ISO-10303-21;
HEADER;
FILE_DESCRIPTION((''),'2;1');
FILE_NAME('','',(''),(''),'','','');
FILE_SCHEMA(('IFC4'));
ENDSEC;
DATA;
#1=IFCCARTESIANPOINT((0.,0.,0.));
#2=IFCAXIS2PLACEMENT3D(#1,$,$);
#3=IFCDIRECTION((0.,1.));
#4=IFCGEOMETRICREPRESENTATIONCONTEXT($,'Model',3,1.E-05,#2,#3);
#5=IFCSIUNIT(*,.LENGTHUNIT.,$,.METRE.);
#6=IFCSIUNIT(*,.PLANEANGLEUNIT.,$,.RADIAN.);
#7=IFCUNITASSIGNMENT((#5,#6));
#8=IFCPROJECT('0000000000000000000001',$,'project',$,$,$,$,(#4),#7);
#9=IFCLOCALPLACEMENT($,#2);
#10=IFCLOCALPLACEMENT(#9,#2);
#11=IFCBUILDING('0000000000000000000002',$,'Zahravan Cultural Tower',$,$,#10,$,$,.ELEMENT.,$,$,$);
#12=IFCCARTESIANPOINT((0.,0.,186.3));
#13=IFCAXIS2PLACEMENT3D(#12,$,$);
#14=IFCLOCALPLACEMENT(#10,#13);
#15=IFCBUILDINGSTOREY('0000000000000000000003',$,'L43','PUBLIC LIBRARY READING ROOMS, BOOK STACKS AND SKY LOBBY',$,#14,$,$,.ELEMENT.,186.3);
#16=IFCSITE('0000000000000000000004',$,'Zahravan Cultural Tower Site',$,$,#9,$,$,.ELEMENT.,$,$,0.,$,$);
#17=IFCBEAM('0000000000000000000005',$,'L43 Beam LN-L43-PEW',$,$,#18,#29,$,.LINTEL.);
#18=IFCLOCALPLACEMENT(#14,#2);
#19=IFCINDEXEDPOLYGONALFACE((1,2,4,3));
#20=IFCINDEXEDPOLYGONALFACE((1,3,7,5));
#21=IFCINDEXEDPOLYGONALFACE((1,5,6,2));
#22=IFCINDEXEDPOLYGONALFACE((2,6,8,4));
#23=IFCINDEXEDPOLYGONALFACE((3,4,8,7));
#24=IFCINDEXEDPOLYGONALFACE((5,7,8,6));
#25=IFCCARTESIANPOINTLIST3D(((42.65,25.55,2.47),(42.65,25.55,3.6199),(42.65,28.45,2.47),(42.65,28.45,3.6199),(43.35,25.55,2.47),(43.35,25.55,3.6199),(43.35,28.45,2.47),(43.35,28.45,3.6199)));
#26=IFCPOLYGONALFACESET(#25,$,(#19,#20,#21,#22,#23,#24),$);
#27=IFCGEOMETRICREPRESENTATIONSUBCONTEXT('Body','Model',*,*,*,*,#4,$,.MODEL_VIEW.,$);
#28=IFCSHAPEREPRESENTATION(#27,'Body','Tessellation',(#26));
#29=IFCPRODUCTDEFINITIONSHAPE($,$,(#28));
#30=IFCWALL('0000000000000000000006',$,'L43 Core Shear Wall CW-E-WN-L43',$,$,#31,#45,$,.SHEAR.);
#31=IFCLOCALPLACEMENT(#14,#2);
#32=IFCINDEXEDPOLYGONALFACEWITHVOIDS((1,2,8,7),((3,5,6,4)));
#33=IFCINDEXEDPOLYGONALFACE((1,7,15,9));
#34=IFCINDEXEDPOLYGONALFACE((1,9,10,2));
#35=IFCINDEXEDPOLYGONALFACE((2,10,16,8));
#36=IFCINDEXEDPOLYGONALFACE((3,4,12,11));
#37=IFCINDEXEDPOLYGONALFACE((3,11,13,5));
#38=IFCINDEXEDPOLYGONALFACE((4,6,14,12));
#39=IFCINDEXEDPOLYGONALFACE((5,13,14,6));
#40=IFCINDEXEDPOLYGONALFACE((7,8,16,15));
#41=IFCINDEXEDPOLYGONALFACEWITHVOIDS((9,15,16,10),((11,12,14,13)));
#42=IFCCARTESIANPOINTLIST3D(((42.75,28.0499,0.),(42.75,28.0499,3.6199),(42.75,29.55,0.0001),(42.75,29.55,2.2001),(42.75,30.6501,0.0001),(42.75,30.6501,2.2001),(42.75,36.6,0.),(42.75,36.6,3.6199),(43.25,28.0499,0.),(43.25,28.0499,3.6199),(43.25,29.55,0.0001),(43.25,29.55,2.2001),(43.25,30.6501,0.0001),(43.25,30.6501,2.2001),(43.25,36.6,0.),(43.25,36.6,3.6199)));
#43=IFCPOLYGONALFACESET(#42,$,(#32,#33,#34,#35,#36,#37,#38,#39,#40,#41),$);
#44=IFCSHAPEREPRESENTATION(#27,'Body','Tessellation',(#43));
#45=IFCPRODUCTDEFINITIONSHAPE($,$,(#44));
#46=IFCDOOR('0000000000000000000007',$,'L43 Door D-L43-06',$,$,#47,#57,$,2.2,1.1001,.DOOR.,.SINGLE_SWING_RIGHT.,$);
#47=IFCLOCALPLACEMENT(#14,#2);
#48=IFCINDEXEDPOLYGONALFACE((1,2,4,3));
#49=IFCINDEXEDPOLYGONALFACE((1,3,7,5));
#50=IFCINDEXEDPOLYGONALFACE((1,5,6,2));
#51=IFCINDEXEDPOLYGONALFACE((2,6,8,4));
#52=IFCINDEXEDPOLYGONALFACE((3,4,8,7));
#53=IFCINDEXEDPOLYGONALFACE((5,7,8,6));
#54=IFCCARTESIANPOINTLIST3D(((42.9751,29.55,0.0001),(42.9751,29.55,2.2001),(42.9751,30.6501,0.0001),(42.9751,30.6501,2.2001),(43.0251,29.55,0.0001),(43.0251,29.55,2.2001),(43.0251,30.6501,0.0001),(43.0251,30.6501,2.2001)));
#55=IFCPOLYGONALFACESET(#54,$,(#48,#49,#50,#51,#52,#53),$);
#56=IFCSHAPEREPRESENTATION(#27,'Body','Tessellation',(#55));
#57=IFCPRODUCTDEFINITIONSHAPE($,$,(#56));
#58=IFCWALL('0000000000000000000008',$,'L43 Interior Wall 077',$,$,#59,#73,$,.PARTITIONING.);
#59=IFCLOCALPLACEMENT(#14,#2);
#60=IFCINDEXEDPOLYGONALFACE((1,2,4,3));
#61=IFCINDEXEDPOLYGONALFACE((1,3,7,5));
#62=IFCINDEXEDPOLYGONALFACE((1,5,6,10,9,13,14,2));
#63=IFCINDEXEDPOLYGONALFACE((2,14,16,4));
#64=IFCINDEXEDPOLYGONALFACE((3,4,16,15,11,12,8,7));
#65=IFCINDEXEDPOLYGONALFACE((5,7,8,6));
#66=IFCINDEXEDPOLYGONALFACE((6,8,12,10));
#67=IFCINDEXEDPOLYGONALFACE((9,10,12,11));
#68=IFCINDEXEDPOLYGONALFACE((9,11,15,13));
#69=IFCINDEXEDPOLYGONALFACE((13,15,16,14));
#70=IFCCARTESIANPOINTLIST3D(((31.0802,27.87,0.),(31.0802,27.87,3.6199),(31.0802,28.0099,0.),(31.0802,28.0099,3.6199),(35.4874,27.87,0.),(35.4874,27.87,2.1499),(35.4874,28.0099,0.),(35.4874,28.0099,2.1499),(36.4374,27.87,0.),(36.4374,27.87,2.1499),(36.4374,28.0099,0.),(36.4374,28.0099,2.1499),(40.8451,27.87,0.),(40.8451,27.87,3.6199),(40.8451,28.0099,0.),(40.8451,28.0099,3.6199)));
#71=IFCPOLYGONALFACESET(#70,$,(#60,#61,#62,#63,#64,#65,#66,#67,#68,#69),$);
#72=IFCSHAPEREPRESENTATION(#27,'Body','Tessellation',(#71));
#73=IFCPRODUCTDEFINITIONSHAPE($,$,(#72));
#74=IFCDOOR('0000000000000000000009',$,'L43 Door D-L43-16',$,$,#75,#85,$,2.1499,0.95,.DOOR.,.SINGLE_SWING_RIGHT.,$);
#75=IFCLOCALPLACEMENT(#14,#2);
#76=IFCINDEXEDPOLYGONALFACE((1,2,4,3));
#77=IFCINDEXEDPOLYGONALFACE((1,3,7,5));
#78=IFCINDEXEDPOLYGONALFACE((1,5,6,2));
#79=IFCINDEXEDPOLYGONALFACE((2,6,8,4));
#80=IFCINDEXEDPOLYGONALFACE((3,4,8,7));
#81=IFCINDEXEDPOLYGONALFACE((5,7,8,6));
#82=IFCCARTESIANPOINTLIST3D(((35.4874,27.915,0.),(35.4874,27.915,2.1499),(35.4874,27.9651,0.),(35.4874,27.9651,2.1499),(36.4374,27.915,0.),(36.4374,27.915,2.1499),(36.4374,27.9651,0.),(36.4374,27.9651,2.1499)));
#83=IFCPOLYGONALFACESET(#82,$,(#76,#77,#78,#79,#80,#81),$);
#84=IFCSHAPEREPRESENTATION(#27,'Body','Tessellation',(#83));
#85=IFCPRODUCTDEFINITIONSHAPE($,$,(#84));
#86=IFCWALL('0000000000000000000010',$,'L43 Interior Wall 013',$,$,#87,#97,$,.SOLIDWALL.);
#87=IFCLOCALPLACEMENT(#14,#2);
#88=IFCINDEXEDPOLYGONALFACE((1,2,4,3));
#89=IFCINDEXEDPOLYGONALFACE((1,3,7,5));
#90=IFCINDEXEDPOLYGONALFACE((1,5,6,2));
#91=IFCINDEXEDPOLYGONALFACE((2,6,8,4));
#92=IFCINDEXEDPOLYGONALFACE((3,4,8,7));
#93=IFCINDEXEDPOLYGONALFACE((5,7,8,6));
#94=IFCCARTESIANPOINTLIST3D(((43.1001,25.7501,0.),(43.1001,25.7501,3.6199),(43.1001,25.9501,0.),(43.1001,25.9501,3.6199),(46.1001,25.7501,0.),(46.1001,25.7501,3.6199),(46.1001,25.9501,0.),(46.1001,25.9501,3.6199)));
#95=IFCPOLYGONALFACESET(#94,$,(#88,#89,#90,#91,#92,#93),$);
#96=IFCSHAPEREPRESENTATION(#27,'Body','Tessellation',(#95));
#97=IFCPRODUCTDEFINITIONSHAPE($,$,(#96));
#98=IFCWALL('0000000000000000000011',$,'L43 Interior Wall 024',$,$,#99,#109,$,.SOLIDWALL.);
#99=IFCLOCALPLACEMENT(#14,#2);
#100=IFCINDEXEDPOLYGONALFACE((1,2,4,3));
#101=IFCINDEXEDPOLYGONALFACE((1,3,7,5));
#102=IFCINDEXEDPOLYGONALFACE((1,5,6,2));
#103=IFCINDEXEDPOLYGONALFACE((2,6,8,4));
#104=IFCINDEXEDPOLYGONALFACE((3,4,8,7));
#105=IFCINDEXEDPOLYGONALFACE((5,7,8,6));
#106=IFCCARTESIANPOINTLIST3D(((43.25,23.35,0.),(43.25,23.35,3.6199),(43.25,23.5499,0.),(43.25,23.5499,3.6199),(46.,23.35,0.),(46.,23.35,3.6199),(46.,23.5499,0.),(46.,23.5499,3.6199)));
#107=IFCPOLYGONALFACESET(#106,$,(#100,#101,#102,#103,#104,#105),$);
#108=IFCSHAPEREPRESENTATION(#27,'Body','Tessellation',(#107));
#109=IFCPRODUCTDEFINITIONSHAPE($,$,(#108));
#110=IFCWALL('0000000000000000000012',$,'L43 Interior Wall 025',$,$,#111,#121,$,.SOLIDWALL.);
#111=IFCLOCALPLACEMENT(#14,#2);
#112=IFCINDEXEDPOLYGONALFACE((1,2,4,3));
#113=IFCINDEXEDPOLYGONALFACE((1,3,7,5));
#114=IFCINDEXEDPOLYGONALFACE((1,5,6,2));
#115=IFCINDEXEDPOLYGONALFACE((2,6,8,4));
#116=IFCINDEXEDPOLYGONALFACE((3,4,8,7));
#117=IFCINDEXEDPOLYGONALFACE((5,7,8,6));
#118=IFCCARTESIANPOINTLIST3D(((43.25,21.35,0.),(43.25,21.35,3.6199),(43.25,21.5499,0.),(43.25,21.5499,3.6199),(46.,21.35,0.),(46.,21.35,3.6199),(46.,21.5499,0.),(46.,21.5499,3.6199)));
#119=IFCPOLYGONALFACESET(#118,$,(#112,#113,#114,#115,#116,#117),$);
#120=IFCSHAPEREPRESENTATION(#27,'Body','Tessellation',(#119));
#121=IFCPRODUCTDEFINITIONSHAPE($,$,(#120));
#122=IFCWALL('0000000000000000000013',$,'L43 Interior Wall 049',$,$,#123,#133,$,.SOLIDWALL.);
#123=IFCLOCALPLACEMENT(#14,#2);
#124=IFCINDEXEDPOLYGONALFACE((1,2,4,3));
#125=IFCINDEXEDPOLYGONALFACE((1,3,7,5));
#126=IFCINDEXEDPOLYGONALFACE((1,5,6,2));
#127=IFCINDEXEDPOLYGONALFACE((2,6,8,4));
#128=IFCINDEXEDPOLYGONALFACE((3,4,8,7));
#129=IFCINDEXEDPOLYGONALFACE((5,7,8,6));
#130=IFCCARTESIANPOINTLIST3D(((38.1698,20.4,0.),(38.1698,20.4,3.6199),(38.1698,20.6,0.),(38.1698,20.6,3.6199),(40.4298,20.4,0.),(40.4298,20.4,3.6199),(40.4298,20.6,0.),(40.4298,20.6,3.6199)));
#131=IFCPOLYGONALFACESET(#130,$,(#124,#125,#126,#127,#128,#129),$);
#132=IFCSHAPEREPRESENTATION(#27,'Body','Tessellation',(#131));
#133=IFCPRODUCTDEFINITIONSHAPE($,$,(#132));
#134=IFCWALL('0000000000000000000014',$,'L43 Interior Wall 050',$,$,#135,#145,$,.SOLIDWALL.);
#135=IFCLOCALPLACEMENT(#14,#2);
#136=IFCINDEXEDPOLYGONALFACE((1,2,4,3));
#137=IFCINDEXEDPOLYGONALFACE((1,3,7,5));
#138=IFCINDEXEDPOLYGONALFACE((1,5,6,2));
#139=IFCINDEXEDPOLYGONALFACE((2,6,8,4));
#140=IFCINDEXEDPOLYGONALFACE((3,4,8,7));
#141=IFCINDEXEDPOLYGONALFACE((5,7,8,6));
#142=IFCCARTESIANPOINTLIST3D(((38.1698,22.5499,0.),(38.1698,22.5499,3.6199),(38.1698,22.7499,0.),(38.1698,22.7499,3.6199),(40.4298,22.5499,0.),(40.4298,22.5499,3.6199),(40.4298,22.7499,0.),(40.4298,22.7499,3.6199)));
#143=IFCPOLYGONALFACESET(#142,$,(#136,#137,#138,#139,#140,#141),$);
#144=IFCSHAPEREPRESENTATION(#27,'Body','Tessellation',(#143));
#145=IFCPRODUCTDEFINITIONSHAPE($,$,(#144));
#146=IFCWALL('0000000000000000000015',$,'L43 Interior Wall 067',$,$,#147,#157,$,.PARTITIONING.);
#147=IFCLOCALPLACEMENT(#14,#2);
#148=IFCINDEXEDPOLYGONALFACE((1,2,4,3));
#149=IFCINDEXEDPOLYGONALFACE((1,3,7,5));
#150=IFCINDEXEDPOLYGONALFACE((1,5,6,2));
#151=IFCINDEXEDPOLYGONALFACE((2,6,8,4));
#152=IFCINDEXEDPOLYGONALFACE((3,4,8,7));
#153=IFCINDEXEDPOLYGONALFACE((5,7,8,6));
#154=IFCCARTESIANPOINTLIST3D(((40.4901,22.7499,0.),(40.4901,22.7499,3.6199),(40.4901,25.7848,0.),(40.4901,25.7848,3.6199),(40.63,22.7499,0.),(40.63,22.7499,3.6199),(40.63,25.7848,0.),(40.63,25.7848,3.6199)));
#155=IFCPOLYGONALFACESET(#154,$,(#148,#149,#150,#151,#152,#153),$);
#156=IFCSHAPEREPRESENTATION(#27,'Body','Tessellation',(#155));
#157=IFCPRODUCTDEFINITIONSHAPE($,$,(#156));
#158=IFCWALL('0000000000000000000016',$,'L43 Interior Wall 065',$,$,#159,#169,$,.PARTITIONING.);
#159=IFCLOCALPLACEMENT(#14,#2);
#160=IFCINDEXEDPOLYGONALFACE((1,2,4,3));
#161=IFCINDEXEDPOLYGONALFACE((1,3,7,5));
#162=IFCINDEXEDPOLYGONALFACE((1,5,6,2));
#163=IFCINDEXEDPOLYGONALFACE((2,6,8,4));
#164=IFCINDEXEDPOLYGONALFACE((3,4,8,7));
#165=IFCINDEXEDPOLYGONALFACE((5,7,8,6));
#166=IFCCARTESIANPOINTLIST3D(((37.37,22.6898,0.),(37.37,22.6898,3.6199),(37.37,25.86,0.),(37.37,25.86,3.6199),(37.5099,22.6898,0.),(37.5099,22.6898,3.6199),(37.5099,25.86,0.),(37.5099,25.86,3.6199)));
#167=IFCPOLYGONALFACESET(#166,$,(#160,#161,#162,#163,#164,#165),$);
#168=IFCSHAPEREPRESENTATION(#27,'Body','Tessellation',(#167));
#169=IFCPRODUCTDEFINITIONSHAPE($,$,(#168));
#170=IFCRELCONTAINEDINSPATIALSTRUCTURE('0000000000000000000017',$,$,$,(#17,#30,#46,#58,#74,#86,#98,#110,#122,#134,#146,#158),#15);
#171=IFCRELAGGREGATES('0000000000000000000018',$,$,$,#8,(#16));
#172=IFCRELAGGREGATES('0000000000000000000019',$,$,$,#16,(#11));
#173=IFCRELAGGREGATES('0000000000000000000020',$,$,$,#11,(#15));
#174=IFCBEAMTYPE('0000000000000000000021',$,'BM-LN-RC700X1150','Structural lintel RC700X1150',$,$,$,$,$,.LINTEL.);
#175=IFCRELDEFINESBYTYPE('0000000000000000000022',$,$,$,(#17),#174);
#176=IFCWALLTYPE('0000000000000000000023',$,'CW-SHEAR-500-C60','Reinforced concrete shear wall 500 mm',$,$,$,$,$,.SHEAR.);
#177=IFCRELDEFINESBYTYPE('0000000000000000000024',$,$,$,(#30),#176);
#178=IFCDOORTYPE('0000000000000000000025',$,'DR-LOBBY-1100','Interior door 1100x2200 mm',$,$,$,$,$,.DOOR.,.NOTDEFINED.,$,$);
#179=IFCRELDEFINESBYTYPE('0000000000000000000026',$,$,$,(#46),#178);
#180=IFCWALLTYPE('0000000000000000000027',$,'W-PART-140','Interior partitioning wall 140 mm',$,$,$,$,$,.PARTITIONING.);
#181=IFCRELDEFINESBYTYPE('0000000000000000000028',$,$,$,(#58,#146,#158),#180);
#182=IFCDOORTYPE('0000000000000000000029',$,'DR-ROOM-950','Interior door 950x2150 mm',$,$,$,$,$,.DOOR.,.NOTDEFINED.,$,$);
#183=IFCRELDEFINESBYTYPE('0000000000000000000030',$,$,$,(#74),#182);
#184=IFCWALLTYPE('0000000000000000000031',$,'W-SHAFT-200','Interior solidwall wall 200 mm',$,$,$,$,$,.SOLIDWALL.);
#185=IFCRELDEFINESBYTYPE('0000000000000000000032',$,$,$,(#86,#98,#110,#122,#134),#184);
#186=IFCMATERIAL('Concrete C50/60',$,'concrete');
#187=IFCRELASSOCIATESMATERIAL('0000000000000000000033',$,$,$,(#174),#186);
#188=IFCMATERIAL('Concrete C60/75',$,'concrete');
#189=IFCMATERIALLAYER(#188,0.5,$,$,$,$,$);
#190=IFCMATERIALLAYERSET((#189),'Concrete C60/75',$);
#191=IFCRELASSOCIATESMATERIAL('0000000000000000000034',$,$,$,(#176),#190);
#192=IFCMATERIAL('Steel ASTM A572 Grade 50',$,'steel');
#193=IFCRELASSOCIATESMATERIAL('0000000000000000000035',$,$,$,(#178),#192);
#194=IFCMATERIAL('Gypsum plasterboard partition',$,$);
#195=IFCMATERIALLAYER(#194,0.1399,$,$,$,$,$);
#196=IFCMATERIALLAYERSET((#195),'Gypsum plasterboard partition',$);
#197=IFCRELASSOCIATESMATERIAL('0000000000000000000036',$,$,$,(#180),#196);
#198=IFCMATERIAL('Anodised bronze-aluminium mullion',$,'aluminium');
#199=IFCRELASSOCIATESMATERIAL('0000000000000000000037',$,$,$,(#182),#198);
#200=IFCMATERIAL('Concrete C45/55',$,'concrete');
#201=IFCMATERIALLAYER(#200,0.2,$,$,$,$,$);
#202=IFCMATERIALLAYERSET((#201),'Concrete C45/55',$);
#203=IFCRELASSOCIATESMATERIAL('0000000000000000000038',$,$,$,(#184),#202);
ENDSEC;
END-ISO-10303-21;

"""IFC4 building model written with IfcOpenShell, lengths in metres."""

from ifc_helpers import new_model, si_unit, direction, frame, frame_2d, origin, origin_2d, place, context, subcontext, project, spatial, rectangle, extrude, source, transform, mapped, material, layer, layer_set, material_profile, profile_set, type_object, element, fill, save


model = new_model("IFC4")

# Units and contexts
model_context = context("Model", 3, precision=1e-05, world=origin(), true_north=direction((0.0, 1.0)))
body_context = subcontext(model_context, "Body", "Model", "MODEL_VIEW")
ifc_project = project(units=[si_unit("LENGTHUNIT", "METRE"), si_unit("PLANEANGLEUNIT", "RADIAN")], contexts=[model_context])

# Site, building, storey
site_placement = place(None, origin())
site = spatial("IfcSite", under=ifc_project, at=site_placement, Name="Zahravan Cultural Tower Site", CompositionType="ELEMENT", RefElevation=0.0)
building_placement = place(site_placement, origin())
building = spatial("IfcBuilding", under=site, at=building_placement, Name="Zahravan Cultural Tower", CompositionType="ELEMENT")
storey_placement = place(building_placement, frame((0.0, 0.0, 186.3)))
storey = spatial("IfcBuildingStorey", under=building, at=storey_placement, Name="L43", Description="PUBLIC LIBRARY READING ROOMS, BOOK STACKS AND SKY LOBBY", CompositionType="ELEMENT", Elevation=186.3)

# Beam
ifc_material_1 = material(Name="Concrete C50/60", Category="concrete")
ifc_material_profile = material_profile(ifc_material_1, rectangle(XDim=0.7, YDim=1.1499, at=origin_2d()), Name="RC700X1150")
ifc_profile_set = profile_set([ifc_material_profile], Name="Concrete C50/60")
beam_type = type_object("IfcBeamType", Name="BM-LN-RC700X1150", Description="Structural lintel RC700X1150", PredefinedType="LINTEL", material=ifc_profile_set)
shared_shape_1 = source(origin(), body_context, "Body", "SweptSolid", [
    extrude(rectangle(XDim=0.7, YDim=1.1499, at=origin_2d()), origin(), (0.0, 0.0, 1.0), 2.8999),
])
beam_placement = place(storey_placement, frame((43.0, 25.55, 3.0449), z_axis=(0.0, 1.0, 0.0), x_axis=(-1.0, 0.0, 0.0)))
element("IfcBeam", 1, at=beam_placement, inside=storey, type_object=beam_type, Name="L43 Beam LN-L43-PEW", PredefinedType="LINTEL", context=body_context, shape_type="MappedRepresentation", body=[
    mapped(shared_shape_1, transform((0.0, 0.0, 0.0), x_axis=(1.0, 0.0, 0.0), y_axis=(0.0, 1.0, 0.0), z_axis=(0.0, 0.0, 1.0), scale=1.0)),
])

# Walls, openings, doors
ifc_material_2 = material(Name="Concrete C60/75", Category="concrete")
ifc_layer_1 = layer(ifc_material_2, 0.5)
ifc_layer_set_1 = layer_set([ifc_layer_1], Name="Concrete C60/75")
wall_type_1 = type_object("IfcWallType", Name="CW-SHEAR-500-C60", Description="Reinforced concrete shear wall 500 mm", PredefinedType="SHEAR", material=ifc_layer_set_1)
wall_1_placement = place(storey_placement, frame((43.0, 28.05, 0.0), z_axis=(0.0, 0.0, 1.0), x_axis=(0.0, 1.0, 0.0)))
wall_1 = element("IfcWall", 2, at=wall_1_placement, inside=storey, type_object=wall_type_1, Name="L43 Core Shear Wall CW-E-WN-L43", PredefinedType="SHEAR", context=body_context, shape_type="SweptSolid", body=[
    extrude(rectangle(XDim=8.55, YDim=0.5, at=frame_2d((4.2749, 0.0))), origin(), (0.0, 0.0, 1.0), 3.6199),
])
opening_1_placement = place(wall_1_placement, frame((1.5, 0.0, 0.0)))
opening_1 = element("IfcOpeningElement", 3, at=opening_1_placement, cuts=wall_1, PredefinedType="OPENING", context=body_context, shape_type="SweptSolid", body=[
    extrude(rectangle(XDim=1.1001, YDim=2.2, at=frame_2d((0.55, 1.1001))), frame((0.0, 0.26, 0.0), z_axis=(0.0, -1.0, 0.0), x_axis=(1.0, 0.0, 0.0)), (0.0, 0.0, 1.0), 0.52),
])
ifc_material_3 = material(Name="Steel ASTM A572 Grade 50", Category="steel")
door_type_1 = type_object("IfcDoorType", Name="DR-LOBBY-1100", Description="Interior door 1100x2200 mm", OperationType="NOTDEFINED", PredefinedType="DOOR", material=ifc_material_3)
shared_shape_2 = source(origin(), body_context, "Body", "SweptSolid", [
    extrude(rectangle(XDim=1.1001, YDim=2.2, at=frame_2d((0.55, 1.1001))), frame((0.0, 0.0249, 0.0), z_axis=(0.0, -1.0, 0.0), x_axis=(1.0, 0.0, 0.0)), (0.0, 0.0, 1.0), 0.05),
])
door_1_placement = place(opening_1_placement, origin())
door_1 = element("IfcDoor", 4, at=door_1_placement, inside=storey, type_object=door_type_1, Name="L43 Door D-L43-06", OperationType="SINGLE_SWING_RIGHT", OverallHeight=2.2, OverallWidth=1.1001, PredefinedType="DOOR", context=body_context, shape_type="MappedRepresentation", body=[
    mapped(shared_shape_2, transform((0.0, 0.0, 0.0), x_axis=(1.0, 0.0, 0.0), y_axis=(0.0, 1.0, 0.0), z_axis=(0.0, 0.0, 1.0), scale=1.0)),
])
fill(opening_1, door_1)
ifc_material_4 = material(Name="Gypsum plasterboard partition")
ifc_layer_2 = layer(ifc_material_4, 0.1399)
ifc_layer_set_2 = layer_set([ifc_layer_2], Name="Gypsum plasterboard partition")
wall_type_2 = type_object("IfcWallType", Name="W-PART-140", Description="Interior partitioning wall 140 mm", PredefinedType="PARTITIONING", material=ifc_layer_set_2)
ifc_material_5 = material(Name="Anodised bronze-aluminium mullion", Category="aluminium")
door_type_2 = type_object("IfcDoorType", Name="DR-ROOM-950", Description="Interior door 950x2150 mm", OperationType="NOTDEFINED", PredefinedType="DOOR", material=ifc_material_5)
shared_shape_3 = source(origin(), body_context, "Body", "SweptSolid", [
    extrude(rectangle(XDim=0.95, YDim=2.1499, at=frame_2d((0.4751, 1.075))), frame((0.0, 0.0249, 0.0), z_axis=(0.0, -1.0, 0.0), x_axis=(1.0, 0.0, 0.0)), (0.0, 0.0, 1.0), 0.05),
])
wall_2_placement = place(storey_placement, frame((40.845, 27.9399, 0.0), z_axis=(0.0, 0.0, 1.0), x_axis=(-1.0, 0.0, 0.0)))
wall_2 = element("IfcWall", 5, at=wall_2_placement, inside=storey, type_object=wall_type_2, Name="L43 Interior Wall 077", PredefinedType="PARTITIONING", context=body_context, shape_type="SweptSolid", body=[
    extrude(rectangle(XDim=9.7649, YDim=0.1399, at=frame_2d((4.8823, 0.0))), origin(), (0.0, 0.0, 1.0), 3.6199),
])
opening_2_placement = place(wall_2_placement, frame((4.4075, 0.0, 0.0)))
opening_2 = element("IfcOpeningElement", 6, at=opening_2_placement, cuts=wall_2, PredefinedType="OPENING", context=body_context, shape_type="SweptSolid", body=[
    extrude(rectangle(XDim=0.95, YDim=2.1499, at=frame_2d((0.4751, 1.075))), frame((0.0, 0.0798, 0.0), z_axis=(0.0, -1.0, 0.0), x_axis=(1.0, 0.0, 0.0)), (0.0, 0.0, 1.0), 0.1599),
])
door_2_placement = place(opening_2_placement, origin())
door_2 = element("IfcDoor", 7, at=door_2_placement, inside=storey, type_object=door_type_2, Name="L43 Door D-L43-16", OperationType="SINGLE_SWING_RIGHT", OverallHeight=2.1499, OverallWidth=0.95, PredefinedType="DOOR", context=body_context, shape_type="MappedRepresentation", body=[
    mapped(shared_shape_3, transform((0.0, 0.0, 0.0), x_axis=(1.0, 0.0, 0.0), y_axis=(0.0, 1.0, 0.0), z_axis=(0.0, 0.0, 1.0), scale=1.0)),
])
fill(opening_2, door_2)
ifc_material_6 = material(Name="Concrete C45/55", Category="concrete")
ifc_layer_3 = layer(ifc_material_6, 0.2)
ifc_layer_set_3 = layer_set([ifc_layer_3], Name="Concrete C45/55")
wall_type_3 = type_object("IfcWallType", Name="W-SHAFT-200", Description="Interior solidwall wall 200 mm", PredefinedType="SOLIDWALL", material=ifc_layer_set_3)

# Walls
shared_shape_4 = source(origin(), body_context, "Body", "SweptSolid", [
    extrude(rectangle(XDim=3.0, YDim=0.2, at=frame_2d((1.5, 0.0))), origin(), (0.0, 0.0, 1.0), 3.6199),
])
wall_3_placement = place(storey_placement, frame((43.1001, 25.8501, 0.0), z_axis=(0.0, 0.0, 1.0), x_axis=(1.0, 0.0, 0.0)))
element("IfcWall", 8, at=wall_3_placement, inside=storey, type_object=wall_type_3, Name="L43 Interior Wall 013", PredefinedType="SOLIDWALL", context=body_context, shape_type="MappedRepresentation", body=[
    mapped(shared_shape_4, transform((0.0, 0.0, 0.0), x_axis=(1.0, 0.0, 0.0), y_axis=(0.0, 1.0, 0.0), z_axis=(0.0, 0.0, 1.0), scale=1.0)),
])
shared_shape_5 = source(origin(), body_context, "Body", "SweptSolid", [
    extrude(rectangle(XDim=2.75, YDim=0.2, at=frame_2d((1.375, 0.0))), origin(), (0.0, 0.0, 1.0), 3.6199),
])
for number, where, z_axis, x_axis, name in (
    (9, (43.25, 23.45, 0.0), (0.0, 0.0, 1.0), (1.0, 0.0, 0.0), "L43 Interior Wall 024"),
    (10, (43.25, 21.45, 0.0), (0.0, 0.0, 1.0), (1.0, 0.0, 0.0), "L43 Interior Wall 025"),
):
    element("IfcWall", number, at=place(storey_placement, frame(where, z_axis=z_axis, x_axis=x_axis)), inside=storey, type_object=wall_type_3, Name=name, PredefinedType="SOLIDWALL", context=body_context, shape_type="MappedRepresentation", body=[
        mapped(shared_shape_5, transform((0.0, 0.0, 0.0), x_axis=(1.0, 0.0, 0.0), y_axis=(0.0, 1.0, 0.0), z_axis=(0.0, 0.0, 1.0), scale=1.0)),
    ])
shared_shape_6 = source(origin(), body_context, "Body", "SweptSolid", [
    extrude(rectangle(XDim=2.26, YDim=0.2, at=frame_2d((1.1299, 0.0))), origin(), (0.0, 0.0, 1.0), 3.6199),
])
for number, where, z_axis, x_axis, name in (
    (11, (38.1699, 20.5, 0.0), (0.0, 0.0, 1.0), (1.0, 0.0, 0.0), "L43 Interior Wall 049"),
    (12, (38.1699, 22.6499, 0.0), (0.0, 0.0, 1.0), (1.0, 0.0, 0.0), "L43 Interior Wall 050"),
):
    element("IfcWall", number, at=place(storey_placement, frame(where, z_axis=z_axis, x_axis=x_axis)), inside=storey, type_object=wall_type_3, Name=name, PredefinedType="SOLIDWALL", context=body_context, shape_type="MappedRepresentation", body=[
        mapped(shared_shape_6, transform((0.0, 0.0, 0.0), x_axis=(1.0, 0.0, 0.0), y_axis=(0.0, 1.0, 0.0), z_axis=(0.0, 0.0, 1.0), scale=1.0)),
    ])
shared_shape_7 = source(origin(), body_context, "Body", "SweptSolid", [
    extrude(rectangle(XDim=3.0349, YDim=0.1399, at=frame_2d((1.5176, 0.0))), origin(), (0.0, 0.0, 1.0), 3.6199),
])
wall_4_placement = place(storey_placement, frame((40.5601, 25.7849, 0.0), z_axis=(0.0, 0.0, 1.0), x_axis=(0.0, -1.0, 0.0)))
element("IfcWall", 13, at=wall_4_placement, inside=storey, type_object=wall_type_2, Name="L43 Interior Wall 067", PredefinedType="PARTITIONING", context=body_context, shape_type="MappedRepresentation", body=[
    mapped(shared_shape_7, transform((0.0, 0.0, 0.0), x_axis=(1.0, 0.0, 0.0), y_axis=(0.0, 1.0, 0.0), z_axis=(0.0, 0.0, 1.0), scale=1.0)),
])
shared_shape_8 = source(origin(), body_context, "Body", "SweptSolid", [
    extrude(rectangle(XDim=3.1702, YDim=0.1399, at=frame_2d((1.585, 0.0))), origin(), (0.0, 0.0, 1.0), 3.6199),
])
wall_5_placement = place(storey_placement, frame((37.4399, 22.6899, 0.0), z_axis=(0.0, 0.0, 1.0), x_axis=(0.0, 1.0, 0.0)))
element("IfcWall", 14, at=wall_5_placement, inside=storey, type_object=wall_type_2, Name="L43 Interior Wall 065", PredefinedType="PARTITIONING", context=body_context, shape_type="MappedRepresentation", body=[
    mapped(shared_shape_8, transform((0.0, 0.0, 0.0), x_axis=(1.0, 0.0, 0.0), y_axis=(0.0, 1.0, 0.0), z_axis=(0.0, 0.0, 1.0), scale=1.0)),
])

save(model, "model.ifc")
